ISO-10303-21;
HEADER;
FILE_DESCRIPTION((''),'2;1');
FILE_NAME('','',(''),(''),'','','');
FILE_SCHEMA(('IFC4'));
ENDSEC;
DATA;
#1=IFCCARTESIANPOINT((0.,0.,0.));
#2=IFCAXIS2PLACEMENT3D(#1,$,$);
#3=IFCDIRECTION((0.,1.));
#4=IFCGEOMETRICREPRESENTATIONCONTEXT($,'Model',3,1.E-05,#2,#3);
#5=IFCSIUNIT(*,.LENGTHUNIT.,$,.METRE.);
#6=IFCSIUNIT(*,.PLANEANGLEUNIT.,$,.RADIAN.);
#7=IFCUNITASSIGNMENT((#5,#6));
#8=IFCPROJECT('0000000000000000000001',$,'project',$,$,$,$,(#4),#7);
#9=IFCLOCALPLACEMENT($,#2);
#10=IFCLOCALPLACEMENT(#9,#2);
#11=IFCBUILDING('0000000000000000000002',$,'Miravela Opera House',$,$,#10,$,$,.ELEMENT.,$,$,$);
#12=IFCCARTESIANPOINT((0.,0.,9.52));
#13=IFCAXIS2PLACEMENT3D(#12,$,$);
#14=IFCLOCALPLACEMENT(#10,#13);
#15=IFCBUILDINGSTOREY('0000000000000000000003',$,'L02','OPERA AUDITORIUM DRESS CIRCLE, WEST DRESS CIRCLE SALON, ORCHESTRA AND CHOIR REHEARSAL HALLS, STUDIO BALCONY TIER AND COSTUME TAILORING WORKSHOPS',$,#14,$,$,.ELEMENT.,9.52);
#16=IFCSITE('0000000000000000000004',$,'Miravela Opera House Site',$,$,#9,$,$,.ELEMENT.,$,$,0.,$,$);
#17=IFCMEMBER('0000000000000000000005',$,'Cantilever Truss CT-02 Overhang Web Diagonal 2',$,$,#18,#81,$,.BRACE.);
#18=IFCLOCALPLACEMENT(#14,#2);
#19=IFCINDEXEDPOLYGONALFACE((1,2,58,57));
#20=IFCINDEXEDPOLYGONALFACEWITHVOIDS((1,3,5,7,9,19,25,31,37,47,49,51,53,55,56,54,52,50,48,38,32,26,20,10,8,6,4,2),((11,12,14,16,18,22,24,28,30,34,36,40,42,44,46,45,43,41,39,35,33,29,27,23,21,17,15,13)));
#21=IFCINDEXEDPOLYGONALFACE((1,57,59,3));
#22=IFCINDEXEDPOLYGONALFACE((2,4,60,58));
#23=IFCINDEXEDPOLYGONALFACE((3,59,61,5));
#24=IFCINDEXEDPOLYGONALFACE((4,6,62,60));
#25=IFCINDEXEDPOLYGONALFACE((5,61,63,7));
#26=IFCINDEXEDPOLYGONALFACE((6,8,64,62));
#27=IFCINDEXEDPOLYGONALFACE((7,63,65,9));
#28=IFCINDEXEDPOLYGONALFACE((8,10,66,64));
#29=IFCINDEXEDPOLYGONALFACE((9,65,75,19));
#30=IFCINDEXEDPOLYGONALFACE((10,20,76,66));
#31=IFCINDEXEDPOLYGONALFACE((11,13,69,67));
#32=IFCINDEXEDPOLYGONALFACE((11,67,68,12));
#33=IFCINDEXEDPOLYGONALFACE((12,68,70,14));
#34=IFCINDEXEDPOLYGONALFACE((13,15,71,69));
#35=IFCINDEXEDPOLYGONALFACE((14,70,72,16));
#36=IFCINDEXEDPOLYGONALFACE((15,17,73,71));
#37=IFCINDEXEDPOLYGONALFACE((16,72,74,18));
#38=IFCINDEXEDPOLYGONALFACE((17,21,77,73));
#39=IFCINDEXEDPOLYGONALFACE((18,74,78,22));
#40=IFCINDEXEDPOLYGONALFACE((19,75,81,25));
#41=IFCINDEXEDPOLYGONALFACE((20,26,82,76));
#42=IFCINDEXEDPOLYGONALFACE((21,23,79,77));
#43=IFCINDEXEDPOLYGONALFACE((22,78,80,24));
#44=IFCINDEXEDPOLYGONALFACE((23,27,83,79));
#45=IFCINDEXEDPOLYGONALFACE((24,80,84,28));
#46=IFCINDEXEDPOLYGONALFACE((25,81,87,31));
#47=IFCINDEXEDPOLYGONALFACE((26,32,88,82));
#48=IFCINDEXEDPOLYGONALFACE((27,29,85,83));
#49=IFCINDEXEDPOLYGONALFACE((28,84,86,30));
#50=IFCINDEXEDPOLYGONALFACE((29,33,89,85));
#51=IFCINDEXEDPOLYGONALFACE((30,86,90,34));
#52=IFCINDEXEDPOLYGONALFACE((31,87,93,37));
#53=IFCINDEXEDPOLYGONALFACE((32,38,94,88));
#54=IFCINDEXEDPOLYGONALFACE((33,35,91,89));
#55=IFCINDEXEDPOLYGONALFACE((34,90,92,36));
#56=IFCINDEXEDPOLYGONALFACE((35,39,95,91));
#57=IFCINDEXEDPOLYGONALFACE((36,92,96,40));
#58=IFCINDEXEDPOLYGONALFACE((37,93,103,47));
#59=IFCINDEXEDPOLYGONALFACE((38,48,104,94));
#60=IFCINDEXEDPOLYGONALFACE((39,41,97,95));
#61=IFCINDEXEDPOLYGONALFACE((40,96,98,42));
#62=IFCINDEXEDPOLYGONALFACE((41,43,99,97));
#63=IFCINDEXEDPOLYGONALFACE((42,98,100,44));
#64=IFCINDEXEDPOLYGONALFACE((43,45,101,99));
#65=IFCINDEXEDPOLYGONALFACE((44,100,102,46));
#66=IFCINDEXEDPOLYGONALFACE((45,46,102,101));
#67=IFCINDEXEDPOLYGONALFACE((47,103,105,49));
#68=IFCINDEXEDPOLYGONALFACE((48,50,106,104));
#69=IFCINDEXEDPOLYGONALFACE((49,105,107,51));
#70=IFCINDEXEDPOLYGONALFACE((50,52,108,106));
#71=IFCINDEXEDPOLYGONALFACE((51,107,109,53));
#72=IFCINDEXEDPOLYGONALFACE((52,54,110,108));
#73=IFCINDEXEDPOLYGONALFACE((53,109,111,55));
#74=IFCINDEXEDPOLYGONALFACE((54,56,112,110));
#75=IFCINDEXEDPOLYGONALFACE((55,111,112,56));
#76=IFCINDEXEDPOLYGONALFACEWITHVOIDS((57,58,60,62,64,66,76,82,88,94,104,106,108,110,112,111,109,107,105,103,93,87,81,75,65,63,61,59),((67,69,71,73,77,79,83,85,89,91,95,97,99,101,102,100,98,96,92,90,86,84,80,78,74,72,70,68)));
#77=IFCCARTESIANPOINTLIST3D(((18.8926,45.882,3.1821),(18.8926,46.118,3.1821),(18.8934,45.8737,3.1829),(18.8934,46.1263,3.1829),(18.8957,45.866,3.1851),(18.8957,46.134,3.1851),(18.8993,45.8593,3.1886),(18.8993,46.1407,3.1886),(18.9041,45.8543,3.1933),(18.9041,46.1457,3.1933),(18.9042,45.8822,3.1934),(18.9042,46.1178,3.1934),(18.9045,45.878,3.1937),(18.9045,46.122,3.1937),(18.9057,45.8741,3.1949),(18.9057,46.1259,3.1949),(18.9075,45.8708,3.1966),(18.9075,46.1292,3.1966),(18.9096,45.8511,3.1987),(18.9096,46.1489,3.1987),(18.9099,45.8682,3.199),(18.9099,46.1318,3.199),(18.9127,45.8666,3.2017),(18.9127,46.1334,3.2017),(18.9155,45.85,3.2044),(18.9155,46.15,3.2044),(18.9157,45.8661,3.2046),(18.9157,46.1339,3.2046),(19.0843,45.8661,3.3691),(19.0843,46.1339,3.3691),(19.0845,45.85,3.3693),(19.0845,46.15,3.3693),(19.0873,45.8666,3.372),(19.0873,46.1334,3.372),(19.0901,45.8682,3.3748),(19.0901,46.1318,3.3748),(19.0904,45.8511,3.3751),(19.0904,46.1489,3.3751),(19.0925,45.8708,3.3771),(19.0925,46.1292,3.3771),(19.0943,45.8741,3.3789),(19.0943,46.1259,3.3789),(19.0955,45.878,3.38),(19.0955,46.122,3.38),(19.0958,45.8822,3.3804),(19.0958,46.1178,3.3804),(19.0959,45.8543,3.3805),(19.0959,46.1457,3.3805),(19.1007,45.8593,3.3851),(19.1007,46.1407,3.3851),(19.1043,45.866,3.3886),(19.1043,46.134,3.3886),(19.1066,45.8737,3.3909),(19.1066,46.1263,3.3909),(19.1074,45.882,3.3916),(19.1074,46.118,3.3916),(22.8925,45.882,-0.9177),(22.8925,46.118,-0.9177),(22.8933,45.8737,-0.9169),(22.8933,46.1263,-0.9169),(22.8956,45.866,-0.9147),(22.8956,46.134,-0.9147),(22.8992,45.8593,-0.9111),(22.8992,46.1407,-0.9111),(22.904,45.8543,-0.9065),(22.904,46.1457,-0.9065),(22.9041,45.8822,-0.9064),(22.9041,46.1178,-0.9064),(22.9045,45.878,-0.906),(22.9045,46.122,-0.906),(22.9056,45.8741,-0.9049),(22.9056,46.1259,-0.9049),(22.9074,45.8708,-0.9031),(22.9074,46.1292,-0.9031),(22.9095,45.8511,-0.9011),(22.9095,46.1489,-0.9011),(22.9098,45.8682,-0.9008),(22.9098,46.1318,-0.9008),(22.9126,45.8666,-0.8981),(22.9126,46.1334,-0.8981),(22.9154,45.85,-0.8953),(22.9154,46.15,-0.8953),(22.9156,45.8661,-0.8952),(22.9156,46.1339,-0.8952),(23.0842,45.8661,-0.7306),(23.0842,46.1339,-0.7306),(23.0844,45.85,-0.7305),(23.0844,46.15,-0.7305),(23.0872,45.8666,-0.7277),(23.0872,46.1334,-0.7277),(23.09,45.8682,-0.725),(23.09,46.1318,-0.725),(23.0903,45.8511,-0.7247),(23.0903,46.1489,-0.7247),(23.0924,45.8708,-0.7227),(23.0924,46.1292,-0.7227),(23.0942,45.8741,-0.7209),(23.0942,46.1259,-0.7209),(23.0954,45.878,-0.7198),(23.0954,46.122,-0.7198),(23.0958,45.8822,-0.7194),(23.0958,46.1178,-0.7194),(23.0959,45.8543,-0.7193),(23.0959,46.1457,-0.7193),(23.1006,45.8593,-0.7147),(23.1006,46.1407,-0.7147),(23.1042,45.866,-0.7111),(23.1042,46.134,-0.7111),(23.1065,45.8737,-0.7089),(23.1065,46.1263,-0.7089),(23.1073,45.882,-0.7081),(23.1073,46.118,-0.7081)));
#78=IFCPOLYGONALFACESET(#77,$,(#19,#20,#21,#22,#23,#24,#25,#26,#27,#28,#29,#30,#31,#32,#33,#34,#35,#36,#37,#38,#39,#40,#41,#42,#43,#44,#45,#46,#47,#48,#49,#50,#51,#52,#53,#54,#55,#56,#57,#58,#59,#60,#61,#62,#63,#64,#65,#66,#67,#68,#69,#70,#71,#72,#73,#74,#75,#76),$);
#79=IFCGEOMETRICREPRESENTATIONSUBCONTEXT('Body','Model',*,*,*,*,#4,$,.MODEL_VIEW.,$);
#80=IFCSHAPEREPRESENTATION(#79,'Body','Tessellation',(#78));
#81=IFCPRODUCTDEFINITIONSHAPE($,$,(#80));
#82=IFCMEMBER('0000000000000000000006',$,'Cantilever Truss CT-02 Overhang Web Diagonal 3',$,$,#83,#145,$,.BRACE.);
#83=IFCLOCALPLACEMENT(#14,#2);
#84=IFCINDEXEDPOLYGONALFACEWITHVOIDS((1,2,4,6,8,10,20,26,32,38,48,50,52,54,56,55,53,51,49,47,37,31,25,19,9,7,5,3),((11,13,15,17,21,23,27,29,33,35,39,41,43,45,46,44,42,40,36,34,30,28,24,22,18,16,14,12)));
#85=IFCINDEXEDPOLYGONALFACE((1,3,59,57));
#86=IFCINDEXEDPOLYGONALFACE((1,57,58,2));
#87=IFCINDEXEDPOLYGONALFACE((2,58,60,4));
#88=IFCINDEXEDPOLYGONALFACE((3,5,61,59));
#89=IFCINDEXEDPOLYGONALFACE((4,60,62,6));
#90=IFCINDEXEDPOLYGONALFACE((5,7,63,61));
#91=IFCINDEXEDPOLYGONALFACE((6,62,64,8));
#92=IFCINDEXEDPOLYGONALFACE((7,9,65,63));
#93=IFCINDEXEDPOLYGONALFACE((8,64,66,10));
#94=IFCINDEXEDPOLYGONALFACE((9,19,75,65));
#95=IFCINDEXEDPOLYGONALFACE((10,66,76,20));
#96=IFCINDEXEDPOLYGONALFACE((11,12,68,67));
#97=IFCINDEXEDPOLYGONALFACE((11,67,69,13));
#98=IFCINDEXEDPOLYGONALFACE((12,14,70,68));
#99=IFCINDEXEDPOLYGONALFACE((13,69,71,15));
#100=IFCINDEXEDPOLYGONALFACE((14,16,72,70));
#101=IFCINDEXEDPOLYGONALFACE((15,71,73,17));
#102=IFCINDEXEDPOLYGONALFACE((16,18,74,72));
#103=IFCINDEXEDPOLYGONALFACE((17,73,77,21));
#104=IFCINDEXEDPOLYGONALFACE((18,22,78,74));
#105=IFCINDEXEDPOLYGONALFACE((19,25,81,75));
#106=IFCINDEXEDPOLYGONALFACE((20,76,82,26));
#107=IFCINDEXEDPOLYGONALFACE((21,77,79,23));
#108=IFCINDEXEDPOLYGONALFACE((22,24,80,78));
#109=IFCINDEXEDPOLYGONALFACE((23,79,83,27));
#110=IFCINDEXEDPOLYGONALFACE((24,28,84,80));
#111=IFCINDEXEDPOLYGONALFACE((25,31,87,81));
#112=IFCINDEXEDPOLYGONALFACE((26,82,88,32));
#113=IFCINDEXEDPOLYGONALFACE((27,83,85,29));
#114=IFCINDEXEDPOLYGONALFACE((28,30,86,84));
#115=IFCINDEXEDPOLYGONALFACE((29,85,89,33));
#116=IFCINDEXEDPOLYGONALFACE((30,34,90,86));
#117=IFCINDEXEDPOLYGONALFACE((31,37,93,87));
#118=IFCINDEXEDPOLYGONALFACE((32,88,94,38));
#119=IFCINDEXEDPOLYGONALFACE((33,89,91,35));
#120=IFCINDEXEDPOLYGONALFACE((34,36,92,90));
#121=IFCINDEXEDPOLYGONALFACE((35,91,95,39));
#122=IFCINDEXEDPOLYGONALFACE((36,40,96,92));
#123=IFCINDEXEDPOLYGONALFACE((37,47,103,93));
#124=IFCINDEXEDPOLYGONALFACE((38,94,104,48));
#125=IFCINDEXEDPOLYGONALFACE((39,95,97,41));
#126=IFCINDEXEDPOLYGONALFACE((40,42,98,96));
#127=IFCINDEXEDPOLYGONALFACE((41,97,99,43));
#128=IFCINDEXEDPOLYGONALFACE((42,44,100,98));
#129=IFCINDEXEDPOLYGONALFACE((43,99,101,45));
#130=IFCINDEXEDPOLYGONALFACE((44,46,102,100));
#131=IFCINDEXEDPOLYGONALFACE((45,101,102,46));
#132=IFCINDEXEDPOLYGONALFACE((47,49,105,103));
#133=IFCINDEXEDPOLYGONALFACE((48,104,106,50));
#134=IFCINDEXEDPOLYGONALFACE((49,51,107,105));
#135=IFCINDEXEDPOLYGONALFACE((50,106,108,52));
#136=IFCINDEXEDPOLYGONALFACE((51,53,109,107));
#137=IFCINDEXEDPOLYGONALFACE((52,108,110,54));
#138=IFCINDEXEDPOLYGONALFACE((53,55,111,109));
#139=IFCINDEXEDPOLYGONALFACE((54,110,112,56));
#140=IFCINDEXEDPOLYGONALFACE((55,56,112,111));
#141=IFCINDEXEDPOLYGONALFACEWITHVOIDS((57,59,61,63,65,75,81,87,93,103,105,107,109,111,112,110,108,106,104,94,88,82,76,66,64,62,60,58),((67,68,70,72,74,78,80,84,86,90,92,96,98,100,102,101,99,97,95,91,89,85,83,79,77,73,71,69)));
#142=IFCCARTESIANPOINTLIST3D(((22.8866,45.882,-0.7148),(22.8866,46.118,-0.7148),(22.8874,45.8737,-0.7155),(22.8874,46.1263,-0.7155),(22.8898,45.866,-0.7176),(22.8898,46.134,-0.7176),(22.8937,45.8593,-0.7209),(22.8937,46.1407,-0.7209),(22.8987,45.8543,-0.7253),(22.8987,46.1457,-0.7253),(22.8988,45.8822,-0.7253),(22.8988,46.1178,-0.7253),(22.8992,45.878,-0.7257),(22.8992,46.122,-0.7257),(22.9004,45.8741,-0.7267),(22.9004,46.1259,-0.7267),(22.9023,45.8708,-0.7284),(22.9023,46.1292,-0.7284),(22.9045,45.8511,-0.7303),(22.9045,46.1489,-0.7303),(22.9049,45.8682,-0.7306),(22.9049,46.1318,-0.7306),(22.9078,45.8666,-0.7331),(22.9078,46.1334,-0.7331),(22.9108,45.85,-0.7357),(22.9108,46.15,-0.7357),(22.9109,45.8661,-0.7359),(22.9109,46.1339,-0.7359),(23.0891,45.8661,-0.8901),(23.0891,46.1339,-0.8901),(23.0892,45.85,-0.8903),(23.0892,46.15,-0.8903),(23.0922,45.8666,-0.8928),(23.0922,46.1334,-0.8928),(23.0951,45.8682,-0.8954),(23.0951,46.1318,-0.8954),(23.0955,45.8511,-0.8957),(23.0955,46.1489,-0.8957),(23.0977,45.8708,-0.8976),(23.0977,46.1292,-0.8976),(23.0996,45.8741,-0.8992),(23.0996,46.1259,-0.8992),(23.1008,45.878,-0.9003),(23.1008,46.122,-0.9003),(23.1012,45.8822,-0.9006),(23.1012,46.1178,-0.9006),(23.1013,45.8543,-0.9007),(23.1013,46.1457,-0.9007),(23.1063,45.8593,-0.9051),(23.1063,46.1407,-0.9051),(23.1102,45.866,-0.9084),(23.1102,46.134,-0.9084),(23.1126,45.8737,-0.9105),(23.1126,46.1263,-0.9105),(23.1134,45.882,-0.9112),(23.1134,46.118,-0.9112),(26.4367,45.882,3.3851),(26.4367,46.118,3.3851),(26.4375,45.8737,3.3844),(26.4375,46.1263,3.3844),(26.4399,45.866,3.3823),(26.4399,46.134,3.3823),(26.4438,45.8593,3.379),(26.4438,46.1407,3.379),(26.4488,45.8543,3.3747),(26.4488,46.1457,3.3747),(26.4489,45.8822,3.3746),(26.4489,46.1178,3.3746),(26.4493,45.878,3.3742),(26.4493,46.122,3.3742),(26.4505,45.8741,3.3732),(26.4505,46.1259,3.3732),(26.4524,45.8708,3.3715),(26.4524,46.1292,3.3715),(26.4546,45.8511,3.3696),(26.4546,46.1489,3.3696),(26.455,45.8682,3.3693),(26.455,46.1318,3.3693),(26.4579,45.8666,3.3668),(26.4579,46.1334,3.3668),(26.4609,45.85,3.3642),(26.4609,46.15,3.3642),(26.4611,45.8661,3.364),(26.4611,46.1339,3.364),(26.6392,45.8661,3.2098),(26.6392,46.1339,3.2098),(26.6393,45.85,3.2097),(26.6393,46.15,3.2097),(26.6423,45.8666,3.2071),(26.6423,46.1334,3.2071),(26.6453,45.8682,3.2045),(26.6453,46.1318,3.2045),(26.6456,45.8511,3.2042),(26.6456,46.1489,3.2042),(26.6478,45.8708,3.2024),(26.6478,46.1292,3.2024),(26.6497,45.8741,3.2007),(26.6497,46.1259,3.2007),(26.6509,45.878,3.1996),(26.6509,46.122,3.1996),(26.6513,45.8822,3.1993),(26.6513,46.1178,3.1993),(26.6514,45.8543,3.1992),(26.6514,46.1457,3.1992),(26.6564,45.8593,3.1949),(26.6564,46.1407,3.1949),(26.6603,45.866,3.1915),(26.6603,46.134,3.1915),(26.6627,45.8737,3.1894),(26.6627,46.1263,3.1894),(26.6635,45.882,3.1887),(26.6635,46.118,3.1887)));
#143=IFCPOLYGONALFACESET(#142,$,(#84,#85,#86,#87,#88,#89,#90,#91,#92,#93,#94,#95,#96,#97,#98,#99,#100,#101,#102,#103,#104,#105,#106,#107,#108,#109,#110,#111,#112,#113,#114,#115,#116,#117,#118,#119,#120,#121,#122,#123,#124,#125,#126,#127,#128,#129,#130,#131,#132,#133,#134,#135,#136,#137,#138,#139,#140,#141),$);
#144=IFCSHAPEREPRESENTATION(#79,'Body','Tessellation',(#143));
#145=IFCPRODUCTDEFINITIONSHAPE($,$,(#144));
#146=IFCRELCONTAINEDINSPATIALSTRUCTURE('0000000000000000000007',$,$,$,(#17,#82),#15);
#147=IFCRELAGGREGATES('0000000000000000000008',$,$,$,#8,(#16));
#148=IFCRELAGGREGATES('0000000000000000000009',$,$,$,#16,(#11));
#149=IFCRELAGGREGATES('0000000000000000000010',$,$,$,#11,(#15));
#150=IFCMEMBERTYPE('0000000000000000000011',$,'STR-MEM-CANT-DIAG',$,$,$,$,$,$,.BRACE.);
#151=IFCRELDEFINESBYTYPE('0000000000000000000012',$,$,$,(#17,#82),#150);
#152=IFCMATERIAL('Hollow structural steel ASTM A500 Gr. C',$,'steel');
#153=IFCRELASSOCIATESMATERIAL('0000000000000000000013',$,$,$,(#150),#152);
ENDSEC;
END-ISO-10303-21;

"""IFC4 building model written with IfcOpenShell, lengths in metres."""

from ifc_helpers import new_model, si_unit, direction, frame, origin, origin_2d, place, context, subcontext, project, spatial, hollow_rectangle, extrude, material, material_profile, profile_set, type_object, element, save


model = new_model("IFC4")

# Units and contexts
model_context = context("Model", 3, precision=1e-05, world=origin(), true_north=direction((0.0, 1.0)))
body_context = subcontext(model_context, "Body", "Model", "MODEL_VIEW")
ifc_project = project(units=[si_unit("LENGTHUNIT", "METRE"), si_unit("PLANEANGLEUNIT", "RADIAN")], contexts=[model_context])

# Site, building, storey
site_placement = place(None, origin())
site = spatial("IfcSite", under=ifc_project, at=site_placement, Name="Miravela Opera House Site", CompositionType="ELEMENT", RefElevation=0.0)
building_placement = place(site_placement, origin())
building = spatial("IfcBuilding", under=site, at=building_placement, Name="Miravela Opera House", CompositionType="ELEMENT")
storey_placement = place(building_placement, frame((0.0, 0.0, 9.52)))
storey = spatial("IfcBuildingStorey", under=building, at=storey_placement, Name="L02", Description="OPERA AUDITORIUM DRESS CIRCLE, WEST DRESS CIRCLE SALON, ORCHESTRA AND CHOIR REHEARSAL HALLS, STUDIO BALCONY TIER AND COSTUME TAILORING WORKSHOPS", CompositionType="ELEMENT", Elevation=9.52)

# Members
ifc_material_1 = material(Name="Hollow structural steel ASTM A500 Gr. C", Category="steel")
ifc_material_profile_1 = material_profile(ifc_material_1, hollow_rectangle(XDim=0.3, YDim=0.3, WallThickness=0.0161, InnerFilletRadius=0.0161, OuterFilletRadius=0.032, at=origin_2d()), Name="HSS300X300X16")
ifc_profile_set_1 = profile_set([ifc_material_profile_1])
member_type_1 = type_object("IfcMemberType", Name="STR-MEM-CANT-DIAG", PredefinedType="BRACE", material=ifc_profile_set_1)
member_1_placement = place(storey_placement, frame((19.0, 46.0, 3.2869), z_axis=(0.698337, 0.0, -0.715769), x_axis=(0.0, 1.0, 0.0)))
element("IfcMember", 1, at=member_1_placement, inside=storey, type_object=member_type_1, Name="Cantilever Truss CT-02 Overhang Web Diagonal 2", PredefinedType="BRACE", context=body_context, shape_type="SweptSolid", body=[
    extrude(hollow_rectangle(XDim=0.3, YDim=0.3, WallThickness=0.0161, InnerFilletRadius=0.0161, OuterFilletRadius=0.032, at=origin_2d()), origin(), (0.0, 0.0, 1.0), 5.7278),
])
member_2_placement = place(storey_placement, frame((23.0, 46.0, -0.813), z_axis=(0.654598, 0.0, 0.755977), x_axis=(0.0, 1.0, 0.0)))
element("IfcMember", 2, at=member_2_placement, inside=storey, type_object=member_type_1, Name="Cantilever Truss CT-02 Overhang Web Diagonal 3", PredefinedType="BRACE", context=body_context, shape_type="SweptSolid", body=[
    extrude(hollow_rectangle(XDim=0.3, YDim=0.3, WallThickness=0.0161, InnerFilletRadius=0.0161, OuterFilletRadius=0.032, at=origin_2d()), origin(), (0.0, 0.0, 1.0), 5.4233),
])

save(model, "model.ifc")
